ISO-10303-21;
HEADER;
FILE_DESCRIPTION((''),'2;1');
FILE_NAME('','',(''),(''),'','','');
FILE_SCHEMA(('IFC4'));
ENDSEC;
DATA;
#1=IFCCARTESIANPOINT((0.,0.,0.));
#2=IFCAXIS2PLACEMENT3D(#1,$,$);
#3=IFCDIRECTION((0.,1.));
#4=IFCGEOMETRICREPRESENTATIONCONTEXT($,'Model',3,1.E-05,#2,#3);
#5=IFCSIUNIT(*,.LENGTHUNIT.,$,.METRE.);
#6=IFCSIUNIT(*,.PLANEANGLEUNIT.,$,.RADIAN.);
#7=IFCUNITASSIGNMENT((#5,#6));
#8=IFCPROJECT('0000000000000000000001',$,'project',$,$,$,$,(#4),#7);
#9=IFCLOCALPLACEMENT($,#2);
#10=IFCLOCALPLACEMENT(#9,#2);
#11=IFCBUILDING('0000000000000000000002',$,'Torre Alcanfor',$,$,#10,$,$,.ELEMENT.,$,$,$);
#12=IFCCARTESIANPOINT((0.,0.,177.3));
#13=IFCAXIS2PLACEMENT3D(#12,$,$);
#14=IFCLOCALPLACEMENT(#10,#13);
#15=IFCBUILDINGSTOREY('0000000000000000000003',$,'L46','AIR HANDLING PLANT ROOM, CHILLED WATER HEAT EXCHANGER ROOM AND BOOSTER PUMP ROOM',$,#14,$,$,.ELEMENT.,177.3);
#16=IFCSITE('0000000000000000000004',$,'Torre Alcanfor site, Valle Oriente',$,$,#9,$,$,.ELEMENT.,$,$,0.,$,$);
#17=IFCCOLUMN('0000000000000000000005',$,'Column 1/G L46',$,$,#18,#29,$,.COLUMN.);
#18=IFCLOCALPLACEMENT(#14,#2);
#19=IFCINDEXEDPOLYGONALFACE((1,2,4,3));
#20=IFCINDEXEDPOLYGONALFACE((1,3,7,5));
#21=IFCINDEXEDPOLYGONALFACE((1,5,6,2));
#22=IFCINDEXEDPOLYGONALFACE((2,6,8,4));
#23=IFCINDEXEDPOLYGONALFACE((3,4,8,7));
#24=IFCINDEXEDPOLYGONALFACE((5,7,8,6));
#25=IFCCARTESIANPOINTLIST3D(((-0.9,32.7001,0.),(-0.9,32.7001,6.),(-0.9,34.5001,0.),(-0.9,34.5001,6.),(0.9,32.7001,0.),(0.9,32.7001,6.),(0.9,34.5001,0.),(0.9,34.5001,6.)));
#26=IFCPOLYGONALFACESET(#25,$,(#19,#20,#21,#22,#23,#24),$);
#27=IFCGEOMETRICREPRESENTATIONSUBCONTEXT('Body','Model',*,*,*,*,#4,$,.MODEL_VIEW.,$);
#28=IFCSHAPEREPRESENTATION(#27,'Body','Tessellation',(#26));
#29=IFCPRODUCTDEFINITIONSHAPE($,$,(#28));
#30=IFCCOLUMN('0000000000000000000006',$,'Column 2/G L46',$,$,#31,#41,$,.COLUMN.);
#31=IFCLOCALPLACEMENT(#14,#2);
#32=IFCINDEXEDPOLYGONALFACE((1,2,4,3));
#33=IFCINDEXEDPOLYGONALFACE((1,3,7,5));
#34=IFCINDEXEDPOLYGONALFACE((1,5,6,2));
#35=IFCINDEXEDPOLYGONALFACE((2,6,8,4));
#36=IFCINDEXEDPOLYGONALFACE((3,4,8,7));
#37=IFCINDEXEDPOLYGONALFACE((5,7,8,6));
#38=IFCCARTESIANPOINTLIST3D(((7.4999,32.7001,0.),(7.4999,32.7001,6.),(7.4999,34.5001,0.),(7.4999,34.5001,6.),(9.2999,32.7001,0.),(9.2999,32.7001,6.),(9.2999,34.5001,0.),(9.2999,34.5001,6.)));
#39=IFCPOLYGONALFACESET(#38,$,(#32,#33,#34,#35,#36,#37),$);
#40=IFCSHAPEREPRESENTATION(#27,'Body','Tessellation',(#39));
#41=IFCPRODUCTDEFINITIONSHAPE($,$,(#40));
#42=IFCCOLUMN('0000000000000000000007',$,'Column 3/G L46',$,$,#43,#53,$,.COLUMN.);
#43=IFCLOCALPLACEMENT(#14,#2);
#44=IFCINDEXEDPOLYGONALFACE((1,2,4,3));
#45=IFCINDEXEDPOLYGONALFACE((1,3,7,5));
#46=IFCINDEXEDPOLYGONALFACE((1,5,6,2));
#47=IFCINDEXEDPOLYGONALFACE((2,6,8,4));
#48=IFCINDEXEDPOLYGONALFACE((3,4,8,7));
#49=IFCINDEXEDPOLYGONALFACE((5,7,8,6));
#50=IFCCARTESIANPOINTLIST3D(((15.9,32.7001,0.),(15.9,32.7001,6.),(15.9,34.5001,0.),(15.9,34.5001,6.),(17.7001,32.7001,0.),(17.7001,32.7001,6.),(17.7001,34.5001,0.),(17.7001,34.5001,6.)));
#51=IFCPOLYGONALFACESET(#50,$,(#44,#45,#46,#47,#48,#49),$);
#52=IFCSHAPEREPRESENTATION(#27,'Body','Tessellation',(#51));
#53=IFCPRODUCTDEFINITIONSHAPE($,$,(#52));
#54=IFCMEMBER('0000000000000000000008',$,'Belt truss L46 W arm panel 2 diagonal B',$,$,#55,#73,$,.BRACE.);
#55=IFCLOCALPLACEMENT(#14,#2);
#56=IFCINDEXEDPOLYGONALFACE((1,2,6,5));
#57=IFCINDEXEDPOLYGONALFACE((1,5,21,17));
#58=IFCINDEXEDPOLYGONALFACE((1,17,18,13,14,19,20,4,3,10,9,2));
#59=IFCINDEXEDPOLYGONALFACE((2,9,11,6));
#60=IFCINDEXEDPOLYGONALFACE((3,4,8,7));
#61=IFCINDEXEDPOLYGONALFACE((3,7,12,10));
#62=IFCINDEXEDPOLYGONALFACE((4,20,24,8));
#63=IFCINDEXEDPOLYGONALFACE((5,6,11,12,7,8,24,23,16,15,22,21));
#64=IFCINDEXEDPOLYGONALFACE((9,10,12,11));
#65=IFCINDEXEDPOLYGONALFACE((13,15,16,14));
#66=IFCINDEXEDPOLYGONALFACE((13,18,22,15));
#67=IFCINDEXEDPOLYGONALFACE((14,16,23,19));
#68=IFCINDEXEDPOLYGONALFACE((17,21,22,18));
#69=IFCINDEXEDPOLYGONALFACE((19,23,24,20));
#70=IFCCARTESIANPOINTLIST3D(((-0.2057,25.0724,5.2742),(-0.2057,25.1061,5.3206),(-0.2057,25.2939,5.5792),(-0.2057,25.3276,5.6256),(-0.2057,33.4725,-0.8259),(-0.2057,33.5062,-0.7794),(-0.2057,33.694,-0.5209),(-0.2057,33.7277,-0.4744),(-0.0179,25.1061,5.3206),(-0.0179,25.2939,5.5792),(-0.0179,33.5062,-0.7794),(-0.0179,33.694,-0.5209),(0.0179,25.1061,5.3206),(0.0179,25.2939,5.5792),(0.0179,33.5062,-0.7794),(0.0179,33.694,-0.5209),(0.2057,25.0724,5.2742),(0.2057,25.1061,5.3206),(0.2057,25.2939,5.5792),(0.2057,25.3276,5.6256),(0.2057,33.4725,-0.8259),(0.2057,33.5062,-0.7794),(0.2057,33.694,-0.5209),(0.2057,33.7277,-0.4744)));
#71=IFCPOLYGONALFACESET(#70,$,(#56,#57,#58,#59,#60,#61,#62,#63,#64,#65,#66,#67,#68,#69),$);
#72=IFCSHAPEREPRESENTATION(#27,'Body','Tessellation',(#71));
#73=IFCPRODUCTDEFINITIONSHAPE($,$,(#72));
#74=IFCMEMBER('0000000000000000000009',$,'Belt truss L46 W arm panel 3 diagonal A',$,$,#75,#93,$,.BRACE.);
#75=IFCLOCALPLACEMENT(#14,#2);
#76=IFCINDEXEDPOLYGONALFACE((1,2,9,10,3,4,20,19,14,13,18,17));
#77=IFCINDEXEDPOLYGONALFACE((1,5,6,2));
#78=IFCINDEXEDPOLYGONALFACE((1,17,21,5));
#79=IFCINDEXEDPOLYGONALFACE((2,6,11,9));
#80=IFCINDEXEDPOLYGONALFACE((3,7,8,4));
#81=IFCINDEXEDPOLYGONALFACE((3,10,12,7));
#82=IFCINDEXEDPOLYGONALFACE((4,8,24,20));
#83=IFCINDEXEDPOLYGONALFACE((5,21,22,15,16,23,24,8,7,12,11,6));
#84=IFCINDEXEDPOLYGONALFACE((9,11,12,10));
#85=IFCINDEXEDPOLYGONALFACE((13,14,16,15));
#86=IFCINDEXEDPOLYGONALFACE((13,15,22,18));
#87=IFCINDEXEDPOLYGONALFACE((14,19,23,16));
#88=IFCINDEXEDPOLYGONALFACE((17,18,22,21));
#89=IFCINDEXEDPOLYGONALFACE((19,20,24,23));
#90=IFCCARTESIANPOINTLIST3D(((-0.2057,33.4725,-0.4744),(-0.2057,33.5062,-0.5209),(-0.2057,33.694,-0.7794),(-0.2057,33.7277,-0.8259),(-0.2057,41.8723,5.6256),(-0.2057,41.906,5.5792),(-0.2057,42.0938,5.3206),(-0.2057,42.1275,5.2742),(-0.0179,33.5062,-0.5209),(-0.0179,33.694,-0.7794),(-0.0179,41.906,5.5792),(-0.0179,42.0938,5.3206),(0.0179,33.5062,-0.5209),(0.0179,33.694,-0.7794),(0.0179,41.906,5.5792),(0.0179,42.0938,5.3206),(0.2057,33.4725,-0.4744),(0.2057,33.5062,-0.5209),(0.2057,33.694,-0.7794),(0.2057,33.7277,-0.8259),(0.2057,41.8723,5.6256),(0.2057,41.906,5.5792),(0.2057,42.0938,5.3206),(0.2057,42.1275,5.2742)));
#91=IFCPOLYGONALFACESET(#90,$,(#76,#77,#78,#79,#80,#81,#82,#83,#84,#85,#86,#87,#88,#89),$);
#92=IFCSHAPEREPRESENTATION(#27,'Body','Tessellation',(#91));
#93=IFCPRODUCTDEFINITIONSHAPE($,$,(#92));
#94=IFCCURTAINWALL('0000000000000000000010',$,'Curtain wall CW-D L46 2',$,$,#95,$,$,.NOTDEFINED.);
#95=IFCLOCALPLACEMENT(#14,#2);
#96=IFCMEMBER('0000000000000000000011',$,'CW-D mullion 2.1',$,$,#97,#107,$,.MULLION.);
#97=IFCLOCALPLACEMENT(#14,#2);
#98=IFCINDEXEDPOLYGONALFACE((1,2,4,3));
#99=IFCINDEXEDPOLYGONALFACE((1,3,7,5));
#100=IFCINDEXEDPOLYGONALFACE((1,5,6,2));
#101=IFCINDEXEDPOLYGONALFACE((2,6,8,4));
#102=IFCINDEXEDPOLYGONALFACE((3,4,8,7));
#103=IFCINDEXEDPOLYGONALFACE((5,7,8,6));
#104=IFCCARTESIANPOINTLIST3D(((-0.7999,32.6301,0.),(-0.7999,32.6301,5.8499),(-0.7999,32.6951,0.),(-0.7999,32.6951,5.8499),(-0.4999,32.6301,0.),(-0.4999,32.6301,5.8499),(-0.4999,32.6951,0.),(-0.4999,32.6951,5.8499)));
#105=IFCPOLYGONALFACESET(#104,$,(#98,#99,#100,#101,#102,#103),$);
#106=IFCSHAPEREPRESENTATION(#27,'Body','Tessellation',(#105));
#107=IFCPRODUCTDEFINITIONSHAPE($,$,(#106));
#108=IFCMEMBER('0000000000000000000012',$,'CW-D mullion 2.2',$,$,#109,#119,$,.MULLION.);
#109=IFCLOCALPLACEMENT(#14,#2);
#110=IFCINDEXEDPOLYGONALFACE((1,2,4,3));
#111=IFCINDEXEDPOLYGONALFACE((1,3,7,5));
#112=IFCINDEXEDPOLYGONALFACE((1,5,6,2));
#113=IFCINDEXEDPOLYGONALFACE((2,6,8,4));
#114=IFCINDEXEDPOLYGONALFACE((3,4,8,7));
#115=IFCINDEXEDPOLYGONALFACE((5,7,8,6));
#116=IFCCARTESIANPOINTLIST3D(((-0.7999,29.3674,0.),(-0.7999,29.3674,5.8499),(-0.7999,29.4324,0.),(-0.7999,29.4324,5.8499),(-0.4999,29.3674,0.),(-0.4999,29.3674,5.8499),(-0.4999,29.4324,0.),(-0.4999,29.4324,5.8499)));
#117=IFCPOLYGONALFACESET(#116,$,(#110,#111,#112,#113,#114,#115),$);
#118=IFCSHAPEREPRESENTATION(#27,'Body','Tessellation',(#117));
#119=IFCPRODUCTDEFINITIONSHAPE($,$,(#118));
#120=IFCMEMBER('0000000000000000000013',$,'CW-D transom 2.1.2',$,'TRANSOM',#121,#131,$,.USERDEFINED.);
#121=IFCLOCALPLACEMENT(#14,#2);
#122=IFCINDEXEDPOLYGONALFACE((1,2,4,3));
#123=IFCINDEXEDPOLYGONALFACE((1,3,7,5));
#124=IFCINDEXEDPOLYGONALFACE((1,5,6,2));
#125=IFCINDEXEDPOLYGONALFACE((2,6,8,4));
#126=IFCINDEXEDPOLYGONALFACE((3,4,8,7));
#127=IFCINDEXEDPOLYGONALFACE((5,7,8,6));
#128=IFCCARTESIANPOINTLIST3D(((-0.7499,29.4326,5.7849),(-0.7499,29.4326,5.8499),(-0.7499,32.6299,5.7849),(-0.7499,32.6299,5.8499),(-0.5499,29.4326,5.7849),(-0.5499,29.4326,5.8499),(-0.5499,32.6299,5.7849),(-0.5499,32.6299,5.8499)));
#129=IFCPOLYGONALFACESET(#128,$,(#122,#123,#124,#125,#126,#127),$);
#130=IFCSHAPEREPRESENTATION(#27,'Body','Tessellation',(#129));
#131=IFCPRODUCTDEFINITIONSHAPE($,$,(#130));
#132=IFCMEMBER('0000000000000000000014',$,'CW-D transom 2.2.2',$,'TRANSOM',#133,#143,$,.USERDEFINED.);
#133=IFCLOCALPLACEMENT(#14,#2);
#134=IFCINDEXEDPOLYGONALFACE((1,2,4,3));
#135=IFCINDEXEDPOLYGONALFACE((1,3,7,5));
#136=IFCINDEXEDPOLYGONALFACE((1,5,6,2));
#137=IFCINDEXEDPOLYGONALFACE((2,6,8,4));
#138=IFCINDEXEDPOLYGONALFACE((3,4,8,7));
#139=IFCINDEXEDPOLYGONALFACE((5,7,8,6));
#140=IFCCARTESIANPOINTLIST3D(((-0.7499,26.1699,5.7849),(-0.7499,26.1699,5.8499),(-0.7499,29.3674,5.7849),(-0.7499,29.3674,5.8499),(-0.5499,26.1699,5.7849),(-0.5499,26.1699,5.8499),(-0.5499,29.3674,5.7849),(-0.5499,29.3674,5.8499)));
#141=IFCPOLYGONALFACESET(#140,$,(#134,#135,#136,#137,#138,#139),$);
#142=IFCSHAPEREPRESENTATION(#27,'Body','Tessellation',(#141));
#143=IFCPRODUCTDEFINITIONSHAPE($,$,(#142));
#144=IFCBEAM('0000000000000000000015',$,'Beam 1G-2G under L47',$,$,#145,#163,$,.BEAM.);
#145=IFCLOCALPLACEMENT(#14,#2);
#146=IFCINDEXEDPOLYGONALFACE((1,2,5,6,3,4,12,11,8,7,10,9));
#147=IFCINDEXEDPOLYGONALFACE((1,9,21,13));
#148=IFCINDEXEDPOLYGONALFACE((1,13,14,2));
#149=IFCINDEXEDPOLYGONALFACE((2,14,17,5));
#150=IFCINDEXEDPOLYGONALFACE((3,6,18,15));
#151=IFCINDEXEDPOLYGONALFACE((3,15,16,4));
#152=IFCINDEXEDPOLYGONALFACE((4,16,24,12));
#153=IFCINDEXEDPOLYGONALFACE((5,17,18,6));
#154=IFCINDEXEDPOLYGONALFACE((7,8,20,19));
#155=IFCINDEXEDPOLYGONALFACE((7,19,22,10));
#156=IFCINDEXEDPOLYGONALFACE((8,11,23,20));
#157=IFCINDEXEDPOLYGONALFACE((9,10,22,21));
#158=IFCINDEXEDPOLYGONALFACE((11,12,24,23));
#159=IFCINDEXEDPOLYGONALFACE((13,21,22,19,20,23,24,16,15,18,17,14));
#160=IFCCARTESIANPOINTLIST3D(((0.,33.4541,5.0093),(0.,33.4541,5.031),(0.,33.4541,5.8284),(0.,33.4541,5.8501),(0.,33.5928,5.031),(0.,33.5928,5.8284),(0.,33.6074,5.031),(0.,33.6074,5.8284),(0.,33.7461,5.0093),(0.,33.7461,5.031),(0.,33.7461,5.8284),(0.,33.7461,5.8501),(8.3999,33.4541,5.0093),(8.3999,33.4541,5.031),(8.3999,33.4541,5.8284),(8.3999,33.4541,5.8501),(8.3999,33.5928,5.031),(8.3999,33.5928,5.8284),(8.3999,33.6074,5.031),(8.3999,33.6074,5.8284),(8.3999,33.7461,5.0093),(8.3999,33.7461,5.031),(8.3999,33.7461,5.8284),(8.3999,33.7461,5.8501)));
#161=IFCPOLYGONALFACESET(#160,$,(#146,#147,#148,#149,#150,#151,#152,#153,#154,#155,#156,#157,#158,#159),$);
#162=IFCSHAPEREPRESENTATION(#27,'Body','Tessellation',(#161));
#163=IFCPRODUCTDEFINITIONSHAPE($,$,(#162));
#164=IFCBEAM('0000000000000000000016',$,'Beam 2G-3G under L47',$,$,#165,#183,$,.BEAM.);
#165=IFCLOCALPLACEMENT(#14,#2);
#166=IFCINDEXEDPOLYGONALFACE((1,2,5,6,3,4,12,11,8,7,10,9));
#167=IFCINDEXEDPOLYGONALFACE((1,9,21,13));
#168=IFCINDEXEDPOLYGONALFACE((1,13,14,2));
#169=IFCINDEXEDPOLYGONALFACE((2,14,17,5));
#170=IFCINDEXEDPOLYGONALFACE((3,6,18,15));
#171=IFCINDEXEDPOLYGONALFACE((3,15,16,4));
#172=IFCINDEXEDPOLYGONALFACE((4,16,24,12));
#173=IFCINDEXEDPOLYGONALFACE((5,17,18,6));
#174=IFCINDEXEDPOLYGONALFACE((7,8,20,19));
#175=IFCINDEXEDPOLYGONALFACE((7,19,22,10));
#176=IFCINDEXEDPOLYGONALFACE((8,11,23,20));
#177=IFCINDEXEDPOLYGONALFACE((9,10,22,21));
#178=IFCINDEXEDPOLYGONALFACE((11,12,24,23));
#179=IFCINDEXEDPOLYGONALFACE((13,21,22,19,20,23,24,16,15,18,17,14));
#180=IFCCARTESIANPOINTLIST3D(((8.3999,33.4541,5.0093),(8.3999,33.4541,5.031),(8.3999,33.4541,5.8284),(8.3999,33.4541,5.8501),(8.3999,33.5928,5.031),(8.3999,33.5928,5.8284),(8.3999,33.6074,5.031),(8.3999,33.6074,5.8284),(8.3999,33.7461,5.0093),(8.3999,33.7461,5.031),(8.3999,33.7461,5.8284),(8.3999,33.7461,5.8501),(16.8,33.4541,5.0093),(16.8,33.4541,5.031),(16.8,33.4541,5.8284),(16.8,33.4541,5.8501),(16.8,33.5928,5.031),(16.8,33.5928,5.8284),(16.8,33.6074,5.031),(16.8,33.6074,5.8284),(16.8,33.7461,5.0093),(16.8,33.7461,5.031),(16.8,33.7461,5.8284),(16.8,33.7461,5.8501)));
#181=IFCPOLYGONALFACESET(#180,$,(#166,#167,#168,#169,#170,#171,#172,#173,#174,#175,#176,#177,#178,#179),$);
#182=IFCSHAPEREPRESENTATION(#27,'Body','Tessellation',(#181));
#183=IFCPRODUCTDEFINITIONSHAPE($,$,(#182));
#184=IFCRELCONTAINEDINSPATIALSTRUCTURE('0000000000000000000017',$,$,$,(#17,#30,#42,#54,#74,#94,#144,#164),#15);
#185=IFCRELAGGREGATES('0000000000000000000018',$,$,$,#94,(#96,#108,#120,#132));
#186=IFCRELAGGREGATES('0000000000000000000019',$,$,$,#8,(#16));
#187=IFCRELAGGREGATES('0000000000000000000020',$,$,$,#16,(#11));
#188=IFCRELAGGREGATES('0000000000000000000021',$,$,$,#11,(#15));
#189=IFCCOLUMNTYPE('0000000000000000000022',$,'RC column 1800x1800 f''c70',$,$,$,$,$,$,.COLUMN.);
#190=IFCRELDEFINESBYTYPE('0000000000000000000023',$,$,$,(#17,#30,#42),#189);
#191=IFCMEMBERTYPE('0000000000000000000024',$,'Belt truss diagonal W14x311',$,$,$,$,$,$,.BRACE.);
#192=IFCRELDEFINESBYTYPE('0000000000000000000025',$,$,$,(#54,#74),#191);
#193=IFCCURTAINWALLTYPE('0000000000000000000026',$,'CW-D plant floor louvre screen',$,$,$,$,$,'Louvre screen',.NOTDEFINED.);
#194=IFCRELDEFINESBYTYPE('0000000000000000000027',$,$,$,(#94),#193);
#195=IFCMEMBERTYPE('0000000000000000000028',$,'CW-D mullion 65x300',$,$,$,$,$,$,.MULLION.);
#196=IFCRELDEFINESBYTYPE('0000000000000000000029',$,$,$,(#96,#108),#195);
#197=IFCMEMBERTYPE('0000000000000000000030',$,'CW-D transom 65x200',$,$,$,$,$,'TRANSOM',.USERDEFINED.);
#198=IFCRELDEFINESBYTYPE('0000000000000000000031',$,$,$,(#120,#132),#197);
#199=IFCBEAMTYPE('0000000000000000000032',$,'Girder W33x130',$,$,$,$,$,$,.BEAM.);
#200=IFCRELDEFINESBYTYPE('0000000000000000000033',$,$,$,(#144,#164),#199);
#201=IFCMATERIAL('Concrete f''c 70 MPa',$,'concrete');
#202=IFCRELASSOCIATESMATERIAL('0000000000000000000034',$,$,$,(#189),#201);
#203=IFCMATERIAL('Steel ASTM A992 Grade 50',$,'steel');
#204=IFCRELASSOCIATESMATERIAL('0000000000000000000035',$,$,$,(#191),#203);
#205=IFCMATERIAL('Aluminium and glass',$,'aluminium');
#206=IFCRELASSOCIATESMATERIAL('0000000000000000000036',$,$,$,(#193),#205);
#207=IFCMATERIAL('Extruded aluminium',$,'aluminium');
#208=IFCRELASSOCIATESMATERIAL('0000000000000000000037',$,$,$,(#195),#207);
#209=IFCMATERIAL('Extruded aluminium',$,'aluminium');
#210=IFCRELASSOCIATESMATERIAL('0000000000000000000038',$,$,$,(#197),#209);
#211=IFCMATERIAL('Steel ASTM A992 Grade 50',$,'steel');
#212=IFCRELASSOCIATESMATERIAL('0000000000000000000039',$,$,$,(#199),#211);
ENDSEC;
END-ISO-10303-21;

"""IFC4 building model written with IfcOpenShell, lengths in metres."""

from ifc_helpers import new_model, si_unit, direction, frame, origin, origin_2d, place, context, subcontext, project, spatial, rectangle, i_section, extrude, material, material_profile, profile_set, type_object, element, aggregate, save


model = new_model("IFC4")

# Units and contexts
model_context = context("Model", 3, precision=1e-05, world=origin(), true_north=direction((0.0, 1.0)))
body_context = subcontext(model_context, "Body", "Model", "MODEL_VIEW")
ifc_project = project(units=[si_unit("LENGTHUNIT", "METRE"), si_unit("PLANEANGLEUNIT", "RADIAN")], contexts=[model_context])

# Site, building, storey
site_placement = place(None, origin())
site = spatial("IfcSite", under=ifc_project, at=site_placement, Name="Torre Alcanfor site, Valle Oriente", CompositionType="ELEMENT", RefElevation=0.0)
building_placement = place(site_placement, origin())
building = spatial("IfcBuilding", under=site, at=building_placement, Name="Torre Alcanfor", CompositionType="ELEMENT")
storey_placement = place(building_placement, frame((0.0, 0.0, 177.3)))
storey = spatial("IfcBuildingStorey", under=building, at=storey_placement, Name="L46", Description="AIR HANDLING PLANT ROOM, CHILLED WATER HEAT EXCHANGER ROOM AND BOOSTER PUMP ROOM", CompositionType="ELEMENT", Elevation=177.3)

# Columns
ifc_material_1 = material(Name="Concrete f'c 70 MPa", Category="concrete")
ifc_material_profile_1 = material_profile(ifc_material_1, rectangle(XDim=1.8, YDim=1.8, at=origin_2d()), Name="1800x1800")
ifc_profile_set_1 = profile_set([ifc_material_profile_1], Name="Concrete f'c 70 MPa")
column_type = type_object("IfcColumnType", Name="RC column 1800x1800 f'c70", PredefinedType="COLUMN", material=ifc_profile_set_1)
for number, where, z_axis, x_axis, name in (
    (1, (0.0, 33.6001, 0.0), (0.0, 0.0, 1.0), (1.0, 0.0, 0.0), "Column 1/G L46"),
    (2, (8.3999, 33.6001, 0.0), (0.0, 0.0, 1.0), (1.0, 0.0, 0.0), "Column 2/G L46"),
    (3, (16.8, 33.6001, 0.0), (0.0, 0.0, 1.0), (1.0, 0.0, 0.0), "Column 3/G L46"),
):
    element("IfcColumn", number, at=place(storey_placement, frame(where, z_axis=z_axis, x_axis=x_axis)), inside=storey, type_object=column_type, Name=name, PredefinedType="COLUMN", context=body_context, shape_type="SweptSolid", body=[
        extrude(rectangle(XDim=1.8, YDim=1.8, at=origin_2d()), origin(), (0.0, 0.0, 1.0), 6.0),
    ])

# Members
ifc_material_2 = material(Name="Steel ASTM A992 Grade 50", Category="steel")
ifc_material_profile_2 = material_profile(ifc_material_2, i_section(OverallWidth=0.4114, OverallDepth=0.4343, WebThickness=0.0359, FlangeThickness=0.0574, at=origin_2d()), Name="W14x311")
ifc_profile_set_2 = profile_set([ifc_material_profile_2], Name="Steel ASTM A992 Grade 50")
member_type_1 = type_object("IfcMemberType", Name="Belt truss diagonal W14x311", PredefinedType="BRACE", material=ifc_profile_set_2)
member_1_placement = place(storey_placement, frame((0.0, 33.6001, -0.6501), z_axis=(0.0, -0.809153, 0.587598), x_axis=(1.0, 0.0, 0.0)))
element("IfcMember", 4, at=member_1_placement, inside=storey, type_object=member_type_1, Name="Belt truss L46 W arm panel 2 diagonal B", PredefinedType="BRACE", context=body_context, shape_type="SweptSolid", body=[
    extrude(i_section(OverallWidth=0.4114, OverallDepth=0.4343, WebThickness=0.0359, FlangeThickness=0.0574, at=origin_2d()), origin(), (0.0, 0.0, 1.0), 10.3813),
])
member_2_placement = place(storey_placement, frame((0.0, 33.6001, -0.6501), z_axis=(0.0, 0.809145, 0.587609), x_axis=(-1.0, 0.0, 0.0)))
element("IfcMember", 5, at=member_2_placement, inside=storey, type_object=member_type_1, Name="Belt truss L46 W arm panel 3 diagonal A", PredefinedType="BRACE", context=body_context, shape_type="SweptSolid", body=[
    extrude(i_section(OverallWidth=0.4114, OverallDepth=0.4343, WebThickness=0.0359, FlangeThickness=0.0574, at=origin_2d()), origin(), (0.0, 0.0, 1.0), 10.3811),
])

# Curtain wall, members
ifc_material_3 = material(Name="Aluminium and glass", Category="aluminium")
curtain_wall_type = type_object("IfcCurtainWallType", Name="CW-D plant floor louvre screen", ElementType="Louvre screen", PredefinedType="NOTDEFINED", material=ifc_material_3)
curtain_wall_placement = place(storey_placement, origin())
curtain_wall = element("IfcCurtainWall", 6, at=curtain_wall_placement, inside=storey, type_object=curtain_wall_type, Name="Curtain wall CW-D L46 2", PredefinedType="NOTDEFINED")
ifc_material_4 = material(Name="Extruded aluminium", Category="aluminium")
ifc_material_profile_3 = material_profile(ifc_material_4, rectangle(XDim=0.3, YDim=0.0649, at=origin_2d()), Name="CW-D mullion 65x300")
ifc_profile_set_3 = profile_set([ifc_material_profile_3], Name="Extruded aluminium")
member_type_2 = type_object("IfcMemberType", Name="CW-D mullion 65x300", PredefinedType="MULLION", material=ifc_profile_set_3)
member_3_placement = place(storey_placement, frame((-0.6499, 32.6626, 0.0), z_axis=(0.0, 0.0, 1.0), x_axis=(1.0, 0.0, 0.0)))
member_3 = element("IfcMember", 7, at=member_3_placement, type_object=member_type_2, Name="CW-D mullion 2.1", PredefinedType="MULLION", context=body_context, shape_type="SweptSolid", body=[
    extrude(rectangle(XDim=0.3, YDim=0.0649, at=origin_2d()), origin(), (0.0, 0.0, 1.0), 5.8499),
])
member_4_placement = place(storey_placement, frame((-0.6499, 29.3999, 0.0), z_axis=(0.0, 0.0, 1.0), x_axis=(1.0, 0.0, 0.0)))
member_4 = element("IfcMember", 8, at=member_4_placement, type_object=member_type_2, Name="CW-D mullion 2.2", PredefinedType="MULLION", context=body_context, shape_type="SweptSolid", body=[
    extrude(rectangle(XDim=0.3, YDim=0.0649, at=origin_2d()), origin(), (0.0, 0.0, 1.0), 5.8499),
])
ifc_material_5 = material(Name="Extruded aluminium", Category="aluminium")
ifc_material_profile_4 = material_profile(ifc_material_5, rectangle(XDim=0.2, YDim=0.0649, at=origin_2d()), Name="CW-D transom 200x65")
ifc_profile_set_4 = profile_set([ifc_material_profile_4], Name="Extruded aluminium")
member_type_3 = type_object("IfcMemberType", Name="CW-D transom 65x200", ElementType="TRANSOM", PredefinedType="USERDEFINED", material=ifc_profile_set_4)
member_5_placement = place(storey_placement, frame((-0.6499, 32.6299, 5.8174), z_axis=(0.0, -1.0, 0.0), x_axis=(1.0, 0.0, 0.0)))
member_5 = element("IfcMember", 9, at=member_5_placement, type_object=member_type_3, Name="CW-D transom 2.1.2", ObjectType="TRANSOM", PredefinedType="USERDEFINED", context=body_context, shape_type="SweptSolid", body=[
    extrude(rectangle(XDim=0.2, YDim=0.0649, at=origin_2d()), origin(), (0.0, 0.0, 1.0), 3.1973),
])
member_6_placement = place(storey_placement, frame((-0.6499, 29.3674, 5.8174), z_axis=(0.0, -1.0, 0.0), x_axis=(1.0, 0.0, 0.0)))
member_6 = element("IfcMember", 10, at=member_6_placement, type_object=member_type_3, Name="CW-D transom 2.2.2", ObjectType="TRANSOM", PredefinedType="USERDEFINED", context=body_context, shape_type="SweptSolid", body=[
    extrude(rectangle(XDim=0.2, YDim=0.0649, at=origin_2d()), origin(), (0.0, 0.0, 1.0), 3.1975),
])

# Beams
ifc_material_6 = material(Name="Steel ASTM A992 Grade 50", Category="steel")
ifc_material_profile_5 = material_profile(ifc_material_6, i_section(OverallWidth=0.292, OverallDepth=0.8408, WebThickness=0.0146, FlangeThickness=0.0217, at=origin_2d()), Name="W33x130")
ifc_profile_set_5 = profile_set([ifc_material_profile_5], Name="Steel ASTM A992 Grade 50")
beam_type = type_object("IfcBeamType", Name="Girder W33x130", PredefinedType="BEAM", material=ifc_profile_set_5)
beam_1_placement = place(storey_placement, frame((0.0, 33.6001, 5.4297), z_axis=(1.0, 0.0, 0.0), x_axis=(0.0, 1.0, 0.0)))
element("IfcBeam", 11, at=beam_1_placement, inside=storey, type_object=beam_type, Name="Beam 1G-2G under L47", PredefinedType="BEAM", context=body_context, shape_type="SweptSolid", body=[
    extrude(i_section(OverallWidth=0.292, OverallDepth=0.8408, WebThickness=0.0146, FlangeThickness=0.0217, at=origin_2d()), origin(), (0.0, 0.0, 1.0), 8.3999),
])
beam_2_placement = place(storey_placement, frame((8.3999, 33.6001, 5.4297), z_axis=(1.0, 0.0, 0.0), x_axis=(0.0, 1.0, 0.0)))
element("IfcBeam", 12, at=beam_2_placement, inside=storey, type_object=beam_type, Name="Beam 2G-3G under L47", PredefinedType="BEAM", context=body_context, shape_type="SweptSolid", body=[
    extrude(i_section(OverallWidth=0.292, OverallDepth=0.8408, WebThickness=0.0146, FlangeThickness=0.0217, at=origin_2d()), origin(), (0.0, 0.0, 1.0), 8.4001),
])

aggregate(curtain_wall, [member_3, member_4, member_5, member_6])

save(model, "model.ifc")
